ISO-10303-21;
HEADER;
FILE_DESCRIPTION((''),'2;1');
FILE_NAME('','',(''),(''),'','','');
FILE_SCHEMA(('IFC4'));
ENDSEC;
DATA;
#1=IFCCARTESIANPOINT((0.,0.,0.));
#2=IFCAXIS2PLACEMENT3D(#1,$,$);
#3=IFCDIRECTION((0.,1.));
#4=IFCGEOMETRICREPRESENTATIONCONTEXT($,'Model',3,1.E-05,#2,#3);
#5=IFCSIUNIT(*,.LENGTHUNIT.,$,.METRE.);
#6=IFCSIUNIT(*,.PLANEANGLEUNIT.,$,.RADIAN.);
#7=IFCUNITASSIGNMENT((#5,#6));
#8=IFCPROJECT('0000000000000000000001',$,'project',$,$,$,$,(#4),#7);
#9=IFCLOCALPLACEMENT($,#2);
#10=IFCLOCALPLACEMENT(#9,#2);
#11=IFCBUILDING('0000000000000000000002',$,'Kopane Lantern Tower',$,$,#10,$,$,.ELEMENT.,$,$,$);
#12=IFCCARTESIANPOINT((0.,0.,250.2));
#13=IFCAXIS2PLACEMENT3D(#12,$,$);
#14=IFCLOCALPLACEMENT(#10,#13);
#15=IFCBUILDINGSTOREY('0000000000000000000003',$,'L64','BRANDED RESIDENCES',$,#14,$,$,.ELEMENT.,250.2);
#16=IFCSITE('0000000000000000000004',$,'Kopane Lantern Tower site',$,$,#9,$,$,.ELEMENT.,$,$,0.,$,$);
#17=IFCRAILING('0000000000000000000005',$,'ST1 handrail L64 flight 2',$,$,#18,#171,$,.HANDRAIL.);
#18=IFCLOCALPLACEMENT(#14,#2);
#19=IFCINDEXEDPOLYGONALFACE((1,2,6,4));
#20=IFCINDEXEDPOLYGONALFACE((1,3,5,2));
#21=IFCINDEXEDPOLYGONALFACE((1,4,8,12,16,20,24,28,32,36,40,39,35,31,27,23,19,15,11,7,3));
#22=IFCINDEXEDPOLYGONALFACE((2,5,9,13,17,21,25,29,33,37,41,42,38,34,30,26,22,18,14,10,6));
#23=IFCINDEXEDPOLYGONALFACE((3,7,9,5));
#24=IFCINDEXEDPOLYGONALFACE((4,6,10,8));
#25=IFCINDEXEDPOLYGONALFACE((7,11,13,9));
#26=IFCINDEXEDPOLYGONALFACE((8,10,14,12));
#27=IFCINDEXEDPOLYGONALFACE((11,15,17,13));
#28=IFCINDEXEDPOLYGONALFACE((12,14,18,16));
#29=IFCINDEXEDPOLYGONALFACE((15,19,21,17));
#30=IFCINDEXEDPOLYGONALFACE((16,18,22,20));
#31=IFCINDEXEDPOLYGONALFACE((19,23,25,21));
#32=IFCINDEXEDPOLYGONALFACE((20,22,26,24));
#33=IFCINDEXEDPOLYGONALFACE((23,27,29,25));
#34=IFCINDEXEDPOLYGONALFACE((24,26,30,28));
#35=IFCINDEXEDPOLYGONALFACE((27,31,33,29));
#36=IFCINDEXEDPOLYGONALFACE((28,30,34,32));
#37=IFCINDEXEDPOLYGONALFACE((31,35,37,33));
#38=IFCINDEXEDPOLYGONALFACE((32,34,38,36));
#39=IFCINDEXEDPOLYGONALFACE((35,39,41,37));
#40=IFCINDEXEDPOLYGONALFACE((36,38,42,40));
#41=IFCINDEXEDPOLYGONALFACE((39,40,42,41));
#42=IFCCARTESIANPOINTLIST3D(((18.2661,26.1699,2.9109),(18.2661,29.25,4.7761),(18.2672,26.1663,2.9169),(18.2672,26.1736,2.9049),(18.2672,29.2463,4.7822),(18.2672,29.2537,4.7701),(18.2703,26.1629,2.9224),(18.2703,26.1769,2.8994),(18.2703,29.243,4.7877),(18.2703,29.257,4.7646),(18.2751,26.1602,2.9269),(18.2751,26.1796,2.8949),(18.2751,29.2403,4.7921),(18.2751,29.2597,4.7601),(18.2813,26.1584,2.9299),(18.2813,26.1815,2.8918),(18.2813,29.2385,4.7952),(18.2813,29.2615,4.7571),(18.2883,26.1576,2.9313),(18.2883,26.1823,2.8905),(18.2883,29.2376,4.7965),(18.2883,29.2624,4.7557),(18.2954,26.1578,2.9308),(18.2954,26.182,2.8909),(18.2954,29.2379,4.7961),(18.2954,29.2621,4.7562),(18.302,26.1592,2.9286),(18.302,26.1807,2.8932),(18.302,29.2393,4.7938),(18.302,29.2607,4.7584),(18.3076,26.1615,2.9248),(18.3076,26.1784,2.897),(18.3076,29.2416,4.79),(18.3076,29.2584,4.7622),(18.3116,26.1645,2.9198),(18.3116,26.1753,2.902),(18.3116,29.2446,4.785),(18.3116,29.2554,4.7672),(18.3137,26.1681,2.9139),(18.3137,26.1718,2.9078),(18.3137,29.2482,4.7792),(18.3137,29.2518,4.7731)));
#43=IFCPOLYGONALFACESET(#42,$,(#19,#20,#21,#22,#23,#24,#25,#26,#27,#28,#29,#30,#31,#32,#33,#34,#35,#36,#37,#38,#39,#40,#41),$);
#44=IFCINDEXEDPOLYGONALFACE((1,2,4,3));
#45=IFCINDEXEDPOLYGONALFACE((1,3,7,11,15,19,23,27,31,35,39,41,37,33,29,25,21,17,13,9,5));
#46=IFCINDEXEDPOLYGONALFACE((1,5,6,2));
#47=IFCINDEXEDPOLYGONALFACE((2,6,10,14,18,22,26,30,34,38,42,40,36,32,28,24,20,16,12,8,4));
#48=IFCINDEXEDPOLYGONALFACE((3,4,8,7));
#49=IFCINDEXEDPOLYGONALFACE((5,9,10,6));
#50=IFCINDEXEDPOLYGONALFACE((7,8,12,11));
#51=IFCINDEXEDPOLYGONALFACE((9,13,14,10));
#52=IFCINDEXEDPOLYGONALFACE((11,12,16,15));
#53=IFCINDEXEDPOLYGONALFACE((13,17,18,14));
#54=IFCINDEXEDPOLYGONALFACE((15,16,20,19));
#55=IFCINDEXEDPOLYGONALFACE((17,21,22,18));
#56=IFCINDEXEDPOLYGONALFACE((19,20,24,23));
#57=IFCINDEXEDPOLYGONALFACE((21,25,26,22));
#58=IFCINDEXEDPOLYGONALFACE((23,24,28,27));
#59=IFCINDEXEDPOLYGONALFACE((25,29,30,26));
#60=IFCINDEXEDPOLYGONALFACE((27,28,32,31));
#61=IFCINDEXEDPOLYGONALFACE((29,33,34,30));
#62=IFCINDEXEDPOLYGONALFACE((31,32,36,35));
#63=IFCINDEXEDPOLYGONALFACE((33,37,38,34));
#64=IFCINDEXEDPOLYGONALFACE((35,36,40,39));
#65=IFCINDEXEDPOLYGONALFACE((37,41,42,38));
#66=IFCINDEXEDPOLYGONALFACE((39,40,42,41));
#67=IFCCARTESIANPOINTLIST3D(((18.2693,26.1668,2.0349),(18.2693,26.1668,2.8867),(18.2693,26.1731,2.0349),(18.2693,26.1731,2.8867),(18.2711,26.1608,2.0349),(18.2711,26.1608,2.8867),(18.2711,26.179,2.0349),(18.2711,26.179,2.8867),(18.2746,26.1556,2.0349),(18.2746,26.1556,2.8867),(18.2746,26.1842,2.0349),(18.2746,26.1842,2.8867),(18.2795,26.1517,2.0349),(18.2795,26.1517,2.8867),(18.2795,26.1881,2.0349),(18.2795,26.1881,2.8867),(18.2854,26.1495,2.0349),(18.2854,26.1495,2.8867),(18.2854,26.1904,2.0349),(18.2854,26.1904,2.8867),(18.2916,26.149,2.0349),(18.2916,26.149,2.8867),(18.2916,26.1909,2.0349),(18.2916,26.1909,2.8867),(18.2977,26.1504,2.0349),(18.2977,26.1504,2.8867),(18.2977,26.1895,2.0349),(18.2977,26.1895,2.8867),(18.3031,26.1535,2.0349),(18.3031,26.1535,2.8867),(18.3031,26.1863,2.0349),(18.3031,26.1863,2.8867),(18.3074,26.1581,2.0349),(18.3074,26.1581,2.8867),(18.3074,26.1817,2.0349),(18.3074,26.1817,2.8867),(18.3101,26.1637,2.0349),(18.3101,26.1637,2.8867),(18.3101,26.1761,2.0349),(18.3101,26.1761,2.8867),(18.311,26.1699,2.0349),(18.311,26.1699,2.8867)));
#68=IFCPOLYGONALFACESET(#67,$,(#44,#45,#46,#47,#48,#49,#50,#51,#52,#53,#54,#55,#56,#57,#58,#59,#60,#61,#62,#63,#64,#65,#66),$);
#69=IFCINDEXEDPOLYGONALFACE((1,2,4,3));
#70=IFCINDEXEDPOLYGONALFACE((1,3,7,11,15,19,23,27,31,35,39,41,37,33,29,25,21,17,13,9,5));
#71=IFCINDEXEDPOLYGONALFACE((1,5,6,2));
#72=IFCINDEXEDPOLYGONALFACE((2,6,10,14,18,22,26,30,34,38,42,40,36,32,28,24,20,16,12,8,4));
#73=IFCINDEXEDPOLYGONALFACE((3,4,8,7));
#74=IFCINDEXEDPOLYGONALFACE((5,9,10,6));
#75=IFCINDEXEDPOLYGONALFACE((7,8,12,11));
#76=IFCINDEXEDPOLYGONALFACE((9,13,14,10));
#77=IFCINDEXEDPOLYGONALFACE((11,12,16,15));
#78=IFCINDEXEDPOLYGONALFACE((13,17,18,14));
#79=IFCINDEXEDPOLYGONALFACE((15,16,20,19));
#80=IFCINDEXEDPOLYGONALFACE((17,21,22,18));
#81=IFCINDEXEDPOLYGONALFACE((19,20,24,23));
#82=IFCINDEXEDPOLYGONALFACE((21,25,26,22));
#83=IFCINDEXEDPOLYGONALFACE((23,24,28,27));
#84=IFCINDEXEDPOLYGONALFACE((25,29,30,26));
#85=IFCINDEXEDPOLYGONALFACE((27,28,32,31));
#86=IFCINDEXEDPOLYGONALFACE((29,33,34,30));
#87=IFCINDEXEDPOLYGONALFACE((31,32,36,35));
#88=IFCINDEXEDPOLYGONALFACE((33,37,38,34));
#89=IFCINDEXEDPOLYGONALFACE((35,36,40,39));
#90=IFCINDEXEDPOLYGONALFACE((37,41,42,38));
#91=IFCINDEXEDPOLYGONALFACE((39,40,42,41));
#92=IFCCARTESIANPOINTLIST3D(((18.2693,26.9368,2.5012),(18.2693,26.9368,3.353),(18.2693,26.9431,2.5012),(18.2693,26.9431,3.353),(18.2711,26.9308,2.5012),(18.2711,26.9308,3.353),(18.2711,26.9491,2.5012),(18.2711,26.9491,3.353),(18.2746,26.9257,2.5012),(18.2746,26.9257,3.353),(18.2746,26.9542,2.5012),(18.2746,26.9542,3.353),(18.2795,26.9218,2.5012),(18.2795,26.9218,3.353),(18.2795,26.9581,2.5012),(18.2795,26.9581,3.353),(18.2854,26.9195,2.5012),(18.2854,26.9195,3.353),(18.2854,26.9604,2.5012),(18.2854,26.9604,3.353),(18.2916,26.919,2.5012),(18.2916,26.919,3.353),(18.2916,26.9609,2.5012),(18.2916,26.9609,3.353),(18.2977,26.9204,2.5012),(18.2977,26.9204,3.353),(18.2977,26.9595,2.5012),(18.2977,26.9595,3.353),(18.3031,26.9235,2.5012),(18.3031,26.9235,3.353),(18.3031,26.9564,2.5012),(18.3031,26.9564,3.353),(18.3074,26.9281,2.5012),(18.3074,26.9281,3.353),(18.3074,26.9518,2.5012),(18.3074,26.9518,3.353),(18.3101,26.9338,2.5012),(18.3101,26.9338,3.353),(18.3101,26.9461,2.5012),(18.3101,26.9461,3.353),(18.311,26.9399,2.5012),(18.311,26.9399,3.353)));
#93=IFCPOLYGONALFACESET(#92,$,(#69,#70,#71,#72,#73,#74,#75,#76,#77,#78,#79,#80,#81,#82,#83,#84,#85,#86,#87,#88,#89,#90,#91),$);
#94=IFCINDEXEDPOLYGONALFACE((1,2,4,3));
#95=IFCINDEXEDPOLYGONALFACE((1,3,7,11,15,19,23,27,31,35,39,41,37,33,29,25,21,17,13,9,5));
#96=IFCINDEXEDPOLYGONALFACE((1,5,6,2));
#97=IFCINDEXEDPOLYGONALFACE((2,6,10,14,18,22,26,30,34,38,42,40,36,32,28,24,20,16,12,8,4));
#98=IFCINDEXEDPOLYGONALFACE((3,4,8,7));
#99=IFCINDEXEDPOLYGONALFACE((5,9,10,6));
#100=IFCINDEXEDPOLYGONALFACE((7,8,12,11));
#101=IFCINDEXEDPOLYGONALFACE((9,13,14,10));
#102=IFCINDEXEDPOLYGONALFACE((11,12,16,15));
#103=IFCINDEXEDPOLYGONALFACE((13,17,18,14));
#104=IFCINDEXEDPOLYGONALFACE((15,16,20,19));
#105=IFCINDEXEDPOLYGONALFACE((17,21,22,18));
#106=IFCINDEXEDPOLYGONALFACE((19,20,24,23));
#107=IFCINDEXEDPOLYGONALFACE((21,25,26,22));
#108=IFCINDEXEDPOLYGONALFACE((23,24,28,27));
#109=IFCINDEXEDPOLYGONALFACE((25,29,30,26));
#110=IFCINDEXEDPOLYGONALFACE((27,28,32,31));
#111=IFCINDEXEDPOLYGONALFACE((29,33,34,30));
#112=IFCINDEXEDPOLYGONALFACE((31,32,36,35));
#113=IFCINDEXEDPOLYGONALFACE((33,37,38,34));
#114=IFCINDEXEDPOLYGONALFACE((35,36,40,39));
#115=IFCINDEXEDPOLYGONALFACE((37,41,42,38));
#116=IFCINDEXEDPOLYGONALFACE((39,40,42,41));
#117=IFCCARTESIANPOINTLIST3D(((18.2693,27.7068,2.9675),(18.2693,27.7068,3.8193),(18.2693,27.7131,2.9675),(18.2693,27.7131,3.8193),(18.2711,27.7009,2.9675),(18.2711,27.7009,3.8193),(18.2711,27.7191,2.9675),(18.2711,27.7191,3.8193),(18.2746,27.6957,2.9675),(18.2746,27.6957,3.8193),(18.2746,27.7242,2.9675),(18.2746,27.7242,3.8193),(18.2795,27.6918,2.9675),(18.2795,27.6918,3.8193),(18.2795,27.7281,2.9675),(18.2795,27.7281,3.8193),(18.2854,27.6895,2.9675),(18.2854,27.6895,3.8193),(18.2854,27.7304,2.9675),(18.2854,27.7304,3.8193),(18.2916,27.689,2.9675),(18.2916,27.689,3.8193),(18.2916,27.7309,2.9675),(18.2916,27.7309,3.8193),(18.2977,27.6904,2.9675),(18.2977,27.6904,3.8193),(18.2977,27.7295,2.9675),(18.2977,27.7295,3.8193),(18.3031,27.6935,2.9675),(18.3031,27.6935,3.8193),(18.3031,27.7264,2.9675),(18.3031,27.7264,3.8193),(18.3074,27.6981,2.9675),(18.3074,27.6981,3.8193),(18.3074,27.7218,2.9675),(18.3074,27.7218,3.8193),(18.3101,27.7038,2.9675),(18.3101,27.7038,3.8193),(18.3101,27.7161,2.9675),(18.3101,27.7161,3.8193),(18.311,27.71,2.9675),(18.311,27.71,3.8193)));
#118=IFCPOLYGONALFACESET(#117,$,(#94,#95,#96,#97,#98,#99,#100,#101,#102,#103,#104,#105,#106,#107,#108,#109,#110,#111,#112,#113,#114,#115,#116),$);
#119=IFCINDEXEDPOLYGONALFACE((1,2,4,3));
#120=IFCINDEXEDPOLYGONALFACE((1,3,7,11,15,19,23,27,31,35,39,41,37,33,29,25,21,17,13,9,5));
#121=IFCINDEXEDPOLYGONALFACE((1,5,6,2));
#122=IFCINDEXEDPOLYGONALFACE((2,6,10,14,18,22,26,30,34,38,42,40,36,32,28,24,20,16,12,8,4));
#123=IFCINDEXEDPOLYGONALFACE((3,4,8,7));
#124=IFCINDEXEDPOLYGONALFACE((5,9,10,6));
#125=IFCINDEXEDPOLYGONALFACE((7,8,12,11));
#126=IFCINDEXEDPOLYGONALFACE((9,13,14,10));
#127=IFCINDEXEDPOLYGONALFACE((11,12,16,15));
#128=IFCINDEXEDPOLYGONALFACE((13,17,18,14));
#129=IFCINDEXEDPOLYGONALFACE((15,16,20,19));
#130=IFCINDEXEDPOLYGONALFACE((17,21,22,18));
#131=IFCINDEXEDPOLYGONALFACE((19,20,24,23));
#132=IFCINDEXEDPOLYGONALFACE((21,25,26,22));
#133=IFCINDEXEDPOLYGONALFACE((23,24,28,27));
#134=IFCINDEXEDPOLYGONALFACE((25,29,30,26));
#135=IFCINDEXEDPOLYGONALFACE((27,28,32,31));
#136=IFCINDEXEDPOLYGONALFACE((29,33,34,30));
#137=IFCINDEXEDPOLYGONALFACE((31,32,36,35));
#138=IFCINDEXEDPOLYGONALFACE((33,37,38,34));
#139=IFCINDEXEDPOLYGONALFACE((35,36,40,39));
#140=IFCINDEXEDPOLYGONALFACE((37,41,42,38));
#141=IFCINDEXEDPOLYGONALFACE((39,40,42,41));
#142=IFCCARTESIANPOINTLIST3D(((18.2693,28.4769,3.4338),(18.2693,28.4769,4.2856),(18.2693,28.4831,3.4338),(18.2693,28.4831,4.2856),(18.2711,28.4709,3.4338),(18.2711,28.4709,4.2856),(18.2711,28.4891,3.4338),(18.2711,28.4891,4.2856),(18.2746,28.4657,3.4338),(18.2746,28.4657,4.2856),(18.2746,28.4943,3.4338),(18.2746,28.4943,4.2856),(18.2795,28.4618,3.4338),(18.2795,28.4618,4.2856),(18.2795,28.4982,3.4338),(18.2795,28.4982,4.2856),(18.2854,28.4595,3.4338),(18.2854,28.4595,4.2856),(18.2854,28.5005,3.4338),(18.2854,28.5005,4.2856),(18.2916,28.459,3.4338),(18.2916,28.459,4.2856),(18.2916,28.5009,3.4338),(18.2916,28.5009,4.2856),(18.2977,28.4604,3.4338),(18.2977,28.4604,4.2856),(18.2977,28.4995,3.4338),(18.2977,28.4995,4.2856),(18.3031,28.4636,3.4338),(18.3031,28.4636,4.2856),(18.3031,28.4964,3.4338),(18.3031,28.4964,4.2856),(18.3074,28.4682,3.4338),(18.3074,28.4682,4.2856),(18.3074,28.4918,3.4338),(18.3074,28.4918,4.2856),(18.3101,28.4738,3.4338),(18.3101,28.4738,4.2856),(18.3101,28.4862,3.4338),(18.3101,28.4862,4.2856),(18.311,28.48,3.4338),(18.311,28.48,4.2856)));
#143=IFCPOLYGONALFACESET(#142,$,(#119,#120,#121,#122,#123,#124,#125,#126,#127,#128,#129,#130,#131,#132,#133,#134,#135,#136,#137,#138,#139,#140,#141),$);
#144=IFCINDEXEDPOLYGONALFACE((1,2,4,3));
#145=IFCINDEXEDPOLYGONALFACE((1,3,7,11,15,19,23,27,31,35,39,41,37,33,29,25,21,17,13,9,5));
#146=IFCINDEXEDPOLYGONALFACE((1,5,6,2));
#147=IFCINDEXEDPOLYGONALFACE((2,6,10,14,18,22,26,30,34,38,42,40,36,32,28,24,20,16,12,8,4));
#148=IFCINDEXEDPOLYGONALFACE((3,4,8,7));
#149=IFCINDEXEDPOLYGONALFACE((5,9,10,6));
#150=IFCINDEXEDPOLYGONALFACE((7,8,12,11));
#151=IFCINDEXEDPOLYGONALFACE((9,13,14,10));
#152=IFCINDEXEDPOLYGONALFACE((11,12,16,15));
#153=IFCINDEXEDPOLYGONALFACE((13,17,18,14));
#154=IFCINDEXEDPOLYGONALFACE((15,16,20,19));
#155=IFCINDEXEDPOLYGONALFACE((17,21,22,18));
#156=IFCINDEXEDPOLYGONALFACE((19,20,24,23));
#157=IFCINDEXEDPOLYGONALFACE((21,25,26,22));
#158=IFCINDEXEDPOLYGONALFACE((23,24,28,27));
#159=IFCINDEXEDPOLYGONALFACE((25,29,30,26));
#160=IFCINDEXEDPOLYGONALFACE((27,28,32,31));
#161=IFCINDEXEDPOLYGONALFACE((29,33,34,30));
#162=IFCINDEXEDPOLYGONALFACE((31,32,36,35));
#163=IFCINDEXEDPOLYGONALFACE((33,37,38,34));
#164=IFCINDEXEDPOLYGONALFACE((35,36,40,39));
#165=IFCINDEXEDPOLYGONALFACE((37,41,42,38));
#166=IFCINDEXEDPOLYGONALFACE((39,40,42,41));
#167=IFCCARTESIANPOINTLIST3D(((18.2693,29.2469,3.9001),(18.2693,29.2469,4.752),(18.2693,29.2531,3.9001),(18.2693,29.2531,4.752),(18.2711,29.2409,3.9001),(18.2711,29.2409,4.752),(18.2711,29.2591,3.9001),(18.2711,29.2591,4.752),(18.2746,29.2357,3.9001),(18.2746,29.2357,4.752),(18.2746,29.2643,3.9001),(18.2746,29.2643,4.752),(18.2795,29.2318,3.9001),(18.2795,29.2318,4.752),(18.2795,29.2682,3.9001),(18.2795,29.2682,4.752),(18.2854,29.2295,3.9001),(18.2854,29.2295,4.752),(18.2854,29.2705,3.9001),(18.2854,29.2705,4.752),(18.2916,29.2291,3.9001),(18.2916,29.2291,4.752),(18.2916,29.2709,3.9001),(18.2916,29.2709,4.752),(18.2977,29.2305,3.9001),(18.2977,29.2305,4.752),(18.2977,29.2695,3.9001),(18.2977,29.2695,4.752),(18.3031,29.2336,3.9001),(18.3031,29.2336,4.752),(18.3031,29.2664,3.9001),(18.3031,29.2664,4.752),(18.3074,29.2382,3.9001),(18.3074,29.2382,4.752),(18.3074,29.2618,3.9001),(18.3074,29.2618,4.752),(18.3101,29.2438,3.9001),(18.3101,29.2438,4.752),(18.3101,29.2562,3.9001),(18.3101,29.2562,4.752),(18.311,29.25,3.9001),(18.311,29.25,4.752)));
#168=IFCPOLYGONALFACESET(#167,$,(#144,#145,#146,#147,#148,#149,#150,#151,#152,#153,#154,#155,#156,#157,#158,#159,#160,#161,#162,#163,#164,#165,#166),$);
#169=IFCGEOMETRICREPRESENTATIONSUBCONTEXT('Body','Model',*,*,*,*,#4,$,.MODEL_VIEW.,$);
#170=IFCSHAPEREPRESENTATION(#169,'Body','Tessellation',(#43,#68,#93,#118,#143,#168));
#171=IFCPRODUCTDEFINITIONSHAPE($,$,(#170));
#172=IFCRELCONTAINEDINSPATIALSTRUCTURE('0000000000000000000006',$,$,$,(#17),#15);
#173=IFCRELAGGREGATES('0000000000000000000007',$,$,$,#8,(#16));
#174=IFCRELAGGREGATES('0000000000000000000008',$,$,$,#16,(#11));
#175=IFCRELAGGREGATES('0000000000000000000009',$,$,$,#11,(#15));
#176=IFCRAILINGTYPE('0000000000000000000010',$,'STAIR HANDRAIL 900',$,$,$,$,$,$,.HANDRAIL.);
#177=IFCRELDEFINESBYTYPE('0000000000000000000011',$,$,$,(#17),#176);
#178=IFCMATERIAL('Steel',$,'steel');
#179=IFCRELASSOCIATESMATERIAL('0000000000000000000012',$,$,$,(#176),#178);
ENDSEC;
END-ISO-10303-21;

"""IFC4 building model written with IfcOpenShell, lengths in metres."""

from ifc_helpers import new_model, si_unit, direction, frame, origin, origin_2d, place, context, subcontext, project, spatial, circle, extrude, material, type_object, element, save


model = new_model("IFC4")

# Units and contexts
model_context = context("Model", 3, precision=1e-05, world=origin(), true_north=direction((0.0, 1.0)))
body_context = subcontext(model_context, "Body", "Model", "MODEL_VIEW")
ifc_project = project(units=[si_unit("LENGTHUNIT", "METRE"), si_unit("PLANEANGLEUNIT", "RADIAN")], contexts=[model_context])

# Site, building, storey
site_placement = place(None, origin())
site = spatial("IfcSite", under=ifc_project, at=site_placement, Name="Kopane Lantern Tower site", CompositionType="ELEMENT", RefElevation=0.0)
building_placement = place(site_placement, origin())
building = spatial("IfcBuilding", under=site, at=building_placement, Name="Kopane Lantern Tower", CompositionType="ELEMENT")
storey_placement = place(building_placement, frame((0.0, 0.0, 250.2)))
storey = spatial("IfcBuildingStorey", under=building, at=storey_placement, Name="L64", Description="BRANDED RESIDENCES", CompositionType="ELEMENT", Elevation=250.2)

# Railing
ifc_material_1 = material(Name="Steel", Category="steel")
railing_type_1 = type_object("IfcRailingType", Name="STAIR HANDRAIL 900", PredefinedType="HANDRAIL", material=ifc_material_1)
for number, where, name in (
    (1, (18.29, 26.1699, 2.0349), "ST1 handrail L64 flight 2"),
):
    element("IfcRailing", number, at=place(storey_placement, frame(where)), inside=storey, type_object=railing_type_1, Name=name, PredefinedType="HANDRAIL", context=body_context, shape_type="SweptSolid", body=[
        extrude(circle(Radius=0.0239, at=origin_2d()), frame((0.0, 0.0, 0.876), z_axis=(0.0, 0.85538, 0.518001), x_axis=(-1.0, 0.0, 0.0)), (0.0, 0.0, 1.0), 3.6008),
        extrude(circle(Radius=0.021, at=origin_2d()), origin(), (0.0, 0.0, 1.0), 0.8518),
        extrude(circle(Radius=0.021, at=origin_2d()), frame((0.0, 0.77, 0.4663)), (0.0, 0.0, 1.0), 0.8518),
        extrude(circle(Radius=0.021, at=origin_2d()), frame((0.0, 1.54, 0.9326)), (0.0, 0.0, 1.0), 0.8518),
        extrude(circle(Radius=0.021, at=origin_2d()), frame((0.0, 2.3101, 1.3989)), (0.0, 0.0, 1.0), 0.8518),
        extrude(circle(Radius=0.021, at=origin_2d()), frame((0.0, 3.0801, 1.8652)), (0.0, 0.0, 1.0), 0.8518),
    ])

save(model, "model.ifc")
